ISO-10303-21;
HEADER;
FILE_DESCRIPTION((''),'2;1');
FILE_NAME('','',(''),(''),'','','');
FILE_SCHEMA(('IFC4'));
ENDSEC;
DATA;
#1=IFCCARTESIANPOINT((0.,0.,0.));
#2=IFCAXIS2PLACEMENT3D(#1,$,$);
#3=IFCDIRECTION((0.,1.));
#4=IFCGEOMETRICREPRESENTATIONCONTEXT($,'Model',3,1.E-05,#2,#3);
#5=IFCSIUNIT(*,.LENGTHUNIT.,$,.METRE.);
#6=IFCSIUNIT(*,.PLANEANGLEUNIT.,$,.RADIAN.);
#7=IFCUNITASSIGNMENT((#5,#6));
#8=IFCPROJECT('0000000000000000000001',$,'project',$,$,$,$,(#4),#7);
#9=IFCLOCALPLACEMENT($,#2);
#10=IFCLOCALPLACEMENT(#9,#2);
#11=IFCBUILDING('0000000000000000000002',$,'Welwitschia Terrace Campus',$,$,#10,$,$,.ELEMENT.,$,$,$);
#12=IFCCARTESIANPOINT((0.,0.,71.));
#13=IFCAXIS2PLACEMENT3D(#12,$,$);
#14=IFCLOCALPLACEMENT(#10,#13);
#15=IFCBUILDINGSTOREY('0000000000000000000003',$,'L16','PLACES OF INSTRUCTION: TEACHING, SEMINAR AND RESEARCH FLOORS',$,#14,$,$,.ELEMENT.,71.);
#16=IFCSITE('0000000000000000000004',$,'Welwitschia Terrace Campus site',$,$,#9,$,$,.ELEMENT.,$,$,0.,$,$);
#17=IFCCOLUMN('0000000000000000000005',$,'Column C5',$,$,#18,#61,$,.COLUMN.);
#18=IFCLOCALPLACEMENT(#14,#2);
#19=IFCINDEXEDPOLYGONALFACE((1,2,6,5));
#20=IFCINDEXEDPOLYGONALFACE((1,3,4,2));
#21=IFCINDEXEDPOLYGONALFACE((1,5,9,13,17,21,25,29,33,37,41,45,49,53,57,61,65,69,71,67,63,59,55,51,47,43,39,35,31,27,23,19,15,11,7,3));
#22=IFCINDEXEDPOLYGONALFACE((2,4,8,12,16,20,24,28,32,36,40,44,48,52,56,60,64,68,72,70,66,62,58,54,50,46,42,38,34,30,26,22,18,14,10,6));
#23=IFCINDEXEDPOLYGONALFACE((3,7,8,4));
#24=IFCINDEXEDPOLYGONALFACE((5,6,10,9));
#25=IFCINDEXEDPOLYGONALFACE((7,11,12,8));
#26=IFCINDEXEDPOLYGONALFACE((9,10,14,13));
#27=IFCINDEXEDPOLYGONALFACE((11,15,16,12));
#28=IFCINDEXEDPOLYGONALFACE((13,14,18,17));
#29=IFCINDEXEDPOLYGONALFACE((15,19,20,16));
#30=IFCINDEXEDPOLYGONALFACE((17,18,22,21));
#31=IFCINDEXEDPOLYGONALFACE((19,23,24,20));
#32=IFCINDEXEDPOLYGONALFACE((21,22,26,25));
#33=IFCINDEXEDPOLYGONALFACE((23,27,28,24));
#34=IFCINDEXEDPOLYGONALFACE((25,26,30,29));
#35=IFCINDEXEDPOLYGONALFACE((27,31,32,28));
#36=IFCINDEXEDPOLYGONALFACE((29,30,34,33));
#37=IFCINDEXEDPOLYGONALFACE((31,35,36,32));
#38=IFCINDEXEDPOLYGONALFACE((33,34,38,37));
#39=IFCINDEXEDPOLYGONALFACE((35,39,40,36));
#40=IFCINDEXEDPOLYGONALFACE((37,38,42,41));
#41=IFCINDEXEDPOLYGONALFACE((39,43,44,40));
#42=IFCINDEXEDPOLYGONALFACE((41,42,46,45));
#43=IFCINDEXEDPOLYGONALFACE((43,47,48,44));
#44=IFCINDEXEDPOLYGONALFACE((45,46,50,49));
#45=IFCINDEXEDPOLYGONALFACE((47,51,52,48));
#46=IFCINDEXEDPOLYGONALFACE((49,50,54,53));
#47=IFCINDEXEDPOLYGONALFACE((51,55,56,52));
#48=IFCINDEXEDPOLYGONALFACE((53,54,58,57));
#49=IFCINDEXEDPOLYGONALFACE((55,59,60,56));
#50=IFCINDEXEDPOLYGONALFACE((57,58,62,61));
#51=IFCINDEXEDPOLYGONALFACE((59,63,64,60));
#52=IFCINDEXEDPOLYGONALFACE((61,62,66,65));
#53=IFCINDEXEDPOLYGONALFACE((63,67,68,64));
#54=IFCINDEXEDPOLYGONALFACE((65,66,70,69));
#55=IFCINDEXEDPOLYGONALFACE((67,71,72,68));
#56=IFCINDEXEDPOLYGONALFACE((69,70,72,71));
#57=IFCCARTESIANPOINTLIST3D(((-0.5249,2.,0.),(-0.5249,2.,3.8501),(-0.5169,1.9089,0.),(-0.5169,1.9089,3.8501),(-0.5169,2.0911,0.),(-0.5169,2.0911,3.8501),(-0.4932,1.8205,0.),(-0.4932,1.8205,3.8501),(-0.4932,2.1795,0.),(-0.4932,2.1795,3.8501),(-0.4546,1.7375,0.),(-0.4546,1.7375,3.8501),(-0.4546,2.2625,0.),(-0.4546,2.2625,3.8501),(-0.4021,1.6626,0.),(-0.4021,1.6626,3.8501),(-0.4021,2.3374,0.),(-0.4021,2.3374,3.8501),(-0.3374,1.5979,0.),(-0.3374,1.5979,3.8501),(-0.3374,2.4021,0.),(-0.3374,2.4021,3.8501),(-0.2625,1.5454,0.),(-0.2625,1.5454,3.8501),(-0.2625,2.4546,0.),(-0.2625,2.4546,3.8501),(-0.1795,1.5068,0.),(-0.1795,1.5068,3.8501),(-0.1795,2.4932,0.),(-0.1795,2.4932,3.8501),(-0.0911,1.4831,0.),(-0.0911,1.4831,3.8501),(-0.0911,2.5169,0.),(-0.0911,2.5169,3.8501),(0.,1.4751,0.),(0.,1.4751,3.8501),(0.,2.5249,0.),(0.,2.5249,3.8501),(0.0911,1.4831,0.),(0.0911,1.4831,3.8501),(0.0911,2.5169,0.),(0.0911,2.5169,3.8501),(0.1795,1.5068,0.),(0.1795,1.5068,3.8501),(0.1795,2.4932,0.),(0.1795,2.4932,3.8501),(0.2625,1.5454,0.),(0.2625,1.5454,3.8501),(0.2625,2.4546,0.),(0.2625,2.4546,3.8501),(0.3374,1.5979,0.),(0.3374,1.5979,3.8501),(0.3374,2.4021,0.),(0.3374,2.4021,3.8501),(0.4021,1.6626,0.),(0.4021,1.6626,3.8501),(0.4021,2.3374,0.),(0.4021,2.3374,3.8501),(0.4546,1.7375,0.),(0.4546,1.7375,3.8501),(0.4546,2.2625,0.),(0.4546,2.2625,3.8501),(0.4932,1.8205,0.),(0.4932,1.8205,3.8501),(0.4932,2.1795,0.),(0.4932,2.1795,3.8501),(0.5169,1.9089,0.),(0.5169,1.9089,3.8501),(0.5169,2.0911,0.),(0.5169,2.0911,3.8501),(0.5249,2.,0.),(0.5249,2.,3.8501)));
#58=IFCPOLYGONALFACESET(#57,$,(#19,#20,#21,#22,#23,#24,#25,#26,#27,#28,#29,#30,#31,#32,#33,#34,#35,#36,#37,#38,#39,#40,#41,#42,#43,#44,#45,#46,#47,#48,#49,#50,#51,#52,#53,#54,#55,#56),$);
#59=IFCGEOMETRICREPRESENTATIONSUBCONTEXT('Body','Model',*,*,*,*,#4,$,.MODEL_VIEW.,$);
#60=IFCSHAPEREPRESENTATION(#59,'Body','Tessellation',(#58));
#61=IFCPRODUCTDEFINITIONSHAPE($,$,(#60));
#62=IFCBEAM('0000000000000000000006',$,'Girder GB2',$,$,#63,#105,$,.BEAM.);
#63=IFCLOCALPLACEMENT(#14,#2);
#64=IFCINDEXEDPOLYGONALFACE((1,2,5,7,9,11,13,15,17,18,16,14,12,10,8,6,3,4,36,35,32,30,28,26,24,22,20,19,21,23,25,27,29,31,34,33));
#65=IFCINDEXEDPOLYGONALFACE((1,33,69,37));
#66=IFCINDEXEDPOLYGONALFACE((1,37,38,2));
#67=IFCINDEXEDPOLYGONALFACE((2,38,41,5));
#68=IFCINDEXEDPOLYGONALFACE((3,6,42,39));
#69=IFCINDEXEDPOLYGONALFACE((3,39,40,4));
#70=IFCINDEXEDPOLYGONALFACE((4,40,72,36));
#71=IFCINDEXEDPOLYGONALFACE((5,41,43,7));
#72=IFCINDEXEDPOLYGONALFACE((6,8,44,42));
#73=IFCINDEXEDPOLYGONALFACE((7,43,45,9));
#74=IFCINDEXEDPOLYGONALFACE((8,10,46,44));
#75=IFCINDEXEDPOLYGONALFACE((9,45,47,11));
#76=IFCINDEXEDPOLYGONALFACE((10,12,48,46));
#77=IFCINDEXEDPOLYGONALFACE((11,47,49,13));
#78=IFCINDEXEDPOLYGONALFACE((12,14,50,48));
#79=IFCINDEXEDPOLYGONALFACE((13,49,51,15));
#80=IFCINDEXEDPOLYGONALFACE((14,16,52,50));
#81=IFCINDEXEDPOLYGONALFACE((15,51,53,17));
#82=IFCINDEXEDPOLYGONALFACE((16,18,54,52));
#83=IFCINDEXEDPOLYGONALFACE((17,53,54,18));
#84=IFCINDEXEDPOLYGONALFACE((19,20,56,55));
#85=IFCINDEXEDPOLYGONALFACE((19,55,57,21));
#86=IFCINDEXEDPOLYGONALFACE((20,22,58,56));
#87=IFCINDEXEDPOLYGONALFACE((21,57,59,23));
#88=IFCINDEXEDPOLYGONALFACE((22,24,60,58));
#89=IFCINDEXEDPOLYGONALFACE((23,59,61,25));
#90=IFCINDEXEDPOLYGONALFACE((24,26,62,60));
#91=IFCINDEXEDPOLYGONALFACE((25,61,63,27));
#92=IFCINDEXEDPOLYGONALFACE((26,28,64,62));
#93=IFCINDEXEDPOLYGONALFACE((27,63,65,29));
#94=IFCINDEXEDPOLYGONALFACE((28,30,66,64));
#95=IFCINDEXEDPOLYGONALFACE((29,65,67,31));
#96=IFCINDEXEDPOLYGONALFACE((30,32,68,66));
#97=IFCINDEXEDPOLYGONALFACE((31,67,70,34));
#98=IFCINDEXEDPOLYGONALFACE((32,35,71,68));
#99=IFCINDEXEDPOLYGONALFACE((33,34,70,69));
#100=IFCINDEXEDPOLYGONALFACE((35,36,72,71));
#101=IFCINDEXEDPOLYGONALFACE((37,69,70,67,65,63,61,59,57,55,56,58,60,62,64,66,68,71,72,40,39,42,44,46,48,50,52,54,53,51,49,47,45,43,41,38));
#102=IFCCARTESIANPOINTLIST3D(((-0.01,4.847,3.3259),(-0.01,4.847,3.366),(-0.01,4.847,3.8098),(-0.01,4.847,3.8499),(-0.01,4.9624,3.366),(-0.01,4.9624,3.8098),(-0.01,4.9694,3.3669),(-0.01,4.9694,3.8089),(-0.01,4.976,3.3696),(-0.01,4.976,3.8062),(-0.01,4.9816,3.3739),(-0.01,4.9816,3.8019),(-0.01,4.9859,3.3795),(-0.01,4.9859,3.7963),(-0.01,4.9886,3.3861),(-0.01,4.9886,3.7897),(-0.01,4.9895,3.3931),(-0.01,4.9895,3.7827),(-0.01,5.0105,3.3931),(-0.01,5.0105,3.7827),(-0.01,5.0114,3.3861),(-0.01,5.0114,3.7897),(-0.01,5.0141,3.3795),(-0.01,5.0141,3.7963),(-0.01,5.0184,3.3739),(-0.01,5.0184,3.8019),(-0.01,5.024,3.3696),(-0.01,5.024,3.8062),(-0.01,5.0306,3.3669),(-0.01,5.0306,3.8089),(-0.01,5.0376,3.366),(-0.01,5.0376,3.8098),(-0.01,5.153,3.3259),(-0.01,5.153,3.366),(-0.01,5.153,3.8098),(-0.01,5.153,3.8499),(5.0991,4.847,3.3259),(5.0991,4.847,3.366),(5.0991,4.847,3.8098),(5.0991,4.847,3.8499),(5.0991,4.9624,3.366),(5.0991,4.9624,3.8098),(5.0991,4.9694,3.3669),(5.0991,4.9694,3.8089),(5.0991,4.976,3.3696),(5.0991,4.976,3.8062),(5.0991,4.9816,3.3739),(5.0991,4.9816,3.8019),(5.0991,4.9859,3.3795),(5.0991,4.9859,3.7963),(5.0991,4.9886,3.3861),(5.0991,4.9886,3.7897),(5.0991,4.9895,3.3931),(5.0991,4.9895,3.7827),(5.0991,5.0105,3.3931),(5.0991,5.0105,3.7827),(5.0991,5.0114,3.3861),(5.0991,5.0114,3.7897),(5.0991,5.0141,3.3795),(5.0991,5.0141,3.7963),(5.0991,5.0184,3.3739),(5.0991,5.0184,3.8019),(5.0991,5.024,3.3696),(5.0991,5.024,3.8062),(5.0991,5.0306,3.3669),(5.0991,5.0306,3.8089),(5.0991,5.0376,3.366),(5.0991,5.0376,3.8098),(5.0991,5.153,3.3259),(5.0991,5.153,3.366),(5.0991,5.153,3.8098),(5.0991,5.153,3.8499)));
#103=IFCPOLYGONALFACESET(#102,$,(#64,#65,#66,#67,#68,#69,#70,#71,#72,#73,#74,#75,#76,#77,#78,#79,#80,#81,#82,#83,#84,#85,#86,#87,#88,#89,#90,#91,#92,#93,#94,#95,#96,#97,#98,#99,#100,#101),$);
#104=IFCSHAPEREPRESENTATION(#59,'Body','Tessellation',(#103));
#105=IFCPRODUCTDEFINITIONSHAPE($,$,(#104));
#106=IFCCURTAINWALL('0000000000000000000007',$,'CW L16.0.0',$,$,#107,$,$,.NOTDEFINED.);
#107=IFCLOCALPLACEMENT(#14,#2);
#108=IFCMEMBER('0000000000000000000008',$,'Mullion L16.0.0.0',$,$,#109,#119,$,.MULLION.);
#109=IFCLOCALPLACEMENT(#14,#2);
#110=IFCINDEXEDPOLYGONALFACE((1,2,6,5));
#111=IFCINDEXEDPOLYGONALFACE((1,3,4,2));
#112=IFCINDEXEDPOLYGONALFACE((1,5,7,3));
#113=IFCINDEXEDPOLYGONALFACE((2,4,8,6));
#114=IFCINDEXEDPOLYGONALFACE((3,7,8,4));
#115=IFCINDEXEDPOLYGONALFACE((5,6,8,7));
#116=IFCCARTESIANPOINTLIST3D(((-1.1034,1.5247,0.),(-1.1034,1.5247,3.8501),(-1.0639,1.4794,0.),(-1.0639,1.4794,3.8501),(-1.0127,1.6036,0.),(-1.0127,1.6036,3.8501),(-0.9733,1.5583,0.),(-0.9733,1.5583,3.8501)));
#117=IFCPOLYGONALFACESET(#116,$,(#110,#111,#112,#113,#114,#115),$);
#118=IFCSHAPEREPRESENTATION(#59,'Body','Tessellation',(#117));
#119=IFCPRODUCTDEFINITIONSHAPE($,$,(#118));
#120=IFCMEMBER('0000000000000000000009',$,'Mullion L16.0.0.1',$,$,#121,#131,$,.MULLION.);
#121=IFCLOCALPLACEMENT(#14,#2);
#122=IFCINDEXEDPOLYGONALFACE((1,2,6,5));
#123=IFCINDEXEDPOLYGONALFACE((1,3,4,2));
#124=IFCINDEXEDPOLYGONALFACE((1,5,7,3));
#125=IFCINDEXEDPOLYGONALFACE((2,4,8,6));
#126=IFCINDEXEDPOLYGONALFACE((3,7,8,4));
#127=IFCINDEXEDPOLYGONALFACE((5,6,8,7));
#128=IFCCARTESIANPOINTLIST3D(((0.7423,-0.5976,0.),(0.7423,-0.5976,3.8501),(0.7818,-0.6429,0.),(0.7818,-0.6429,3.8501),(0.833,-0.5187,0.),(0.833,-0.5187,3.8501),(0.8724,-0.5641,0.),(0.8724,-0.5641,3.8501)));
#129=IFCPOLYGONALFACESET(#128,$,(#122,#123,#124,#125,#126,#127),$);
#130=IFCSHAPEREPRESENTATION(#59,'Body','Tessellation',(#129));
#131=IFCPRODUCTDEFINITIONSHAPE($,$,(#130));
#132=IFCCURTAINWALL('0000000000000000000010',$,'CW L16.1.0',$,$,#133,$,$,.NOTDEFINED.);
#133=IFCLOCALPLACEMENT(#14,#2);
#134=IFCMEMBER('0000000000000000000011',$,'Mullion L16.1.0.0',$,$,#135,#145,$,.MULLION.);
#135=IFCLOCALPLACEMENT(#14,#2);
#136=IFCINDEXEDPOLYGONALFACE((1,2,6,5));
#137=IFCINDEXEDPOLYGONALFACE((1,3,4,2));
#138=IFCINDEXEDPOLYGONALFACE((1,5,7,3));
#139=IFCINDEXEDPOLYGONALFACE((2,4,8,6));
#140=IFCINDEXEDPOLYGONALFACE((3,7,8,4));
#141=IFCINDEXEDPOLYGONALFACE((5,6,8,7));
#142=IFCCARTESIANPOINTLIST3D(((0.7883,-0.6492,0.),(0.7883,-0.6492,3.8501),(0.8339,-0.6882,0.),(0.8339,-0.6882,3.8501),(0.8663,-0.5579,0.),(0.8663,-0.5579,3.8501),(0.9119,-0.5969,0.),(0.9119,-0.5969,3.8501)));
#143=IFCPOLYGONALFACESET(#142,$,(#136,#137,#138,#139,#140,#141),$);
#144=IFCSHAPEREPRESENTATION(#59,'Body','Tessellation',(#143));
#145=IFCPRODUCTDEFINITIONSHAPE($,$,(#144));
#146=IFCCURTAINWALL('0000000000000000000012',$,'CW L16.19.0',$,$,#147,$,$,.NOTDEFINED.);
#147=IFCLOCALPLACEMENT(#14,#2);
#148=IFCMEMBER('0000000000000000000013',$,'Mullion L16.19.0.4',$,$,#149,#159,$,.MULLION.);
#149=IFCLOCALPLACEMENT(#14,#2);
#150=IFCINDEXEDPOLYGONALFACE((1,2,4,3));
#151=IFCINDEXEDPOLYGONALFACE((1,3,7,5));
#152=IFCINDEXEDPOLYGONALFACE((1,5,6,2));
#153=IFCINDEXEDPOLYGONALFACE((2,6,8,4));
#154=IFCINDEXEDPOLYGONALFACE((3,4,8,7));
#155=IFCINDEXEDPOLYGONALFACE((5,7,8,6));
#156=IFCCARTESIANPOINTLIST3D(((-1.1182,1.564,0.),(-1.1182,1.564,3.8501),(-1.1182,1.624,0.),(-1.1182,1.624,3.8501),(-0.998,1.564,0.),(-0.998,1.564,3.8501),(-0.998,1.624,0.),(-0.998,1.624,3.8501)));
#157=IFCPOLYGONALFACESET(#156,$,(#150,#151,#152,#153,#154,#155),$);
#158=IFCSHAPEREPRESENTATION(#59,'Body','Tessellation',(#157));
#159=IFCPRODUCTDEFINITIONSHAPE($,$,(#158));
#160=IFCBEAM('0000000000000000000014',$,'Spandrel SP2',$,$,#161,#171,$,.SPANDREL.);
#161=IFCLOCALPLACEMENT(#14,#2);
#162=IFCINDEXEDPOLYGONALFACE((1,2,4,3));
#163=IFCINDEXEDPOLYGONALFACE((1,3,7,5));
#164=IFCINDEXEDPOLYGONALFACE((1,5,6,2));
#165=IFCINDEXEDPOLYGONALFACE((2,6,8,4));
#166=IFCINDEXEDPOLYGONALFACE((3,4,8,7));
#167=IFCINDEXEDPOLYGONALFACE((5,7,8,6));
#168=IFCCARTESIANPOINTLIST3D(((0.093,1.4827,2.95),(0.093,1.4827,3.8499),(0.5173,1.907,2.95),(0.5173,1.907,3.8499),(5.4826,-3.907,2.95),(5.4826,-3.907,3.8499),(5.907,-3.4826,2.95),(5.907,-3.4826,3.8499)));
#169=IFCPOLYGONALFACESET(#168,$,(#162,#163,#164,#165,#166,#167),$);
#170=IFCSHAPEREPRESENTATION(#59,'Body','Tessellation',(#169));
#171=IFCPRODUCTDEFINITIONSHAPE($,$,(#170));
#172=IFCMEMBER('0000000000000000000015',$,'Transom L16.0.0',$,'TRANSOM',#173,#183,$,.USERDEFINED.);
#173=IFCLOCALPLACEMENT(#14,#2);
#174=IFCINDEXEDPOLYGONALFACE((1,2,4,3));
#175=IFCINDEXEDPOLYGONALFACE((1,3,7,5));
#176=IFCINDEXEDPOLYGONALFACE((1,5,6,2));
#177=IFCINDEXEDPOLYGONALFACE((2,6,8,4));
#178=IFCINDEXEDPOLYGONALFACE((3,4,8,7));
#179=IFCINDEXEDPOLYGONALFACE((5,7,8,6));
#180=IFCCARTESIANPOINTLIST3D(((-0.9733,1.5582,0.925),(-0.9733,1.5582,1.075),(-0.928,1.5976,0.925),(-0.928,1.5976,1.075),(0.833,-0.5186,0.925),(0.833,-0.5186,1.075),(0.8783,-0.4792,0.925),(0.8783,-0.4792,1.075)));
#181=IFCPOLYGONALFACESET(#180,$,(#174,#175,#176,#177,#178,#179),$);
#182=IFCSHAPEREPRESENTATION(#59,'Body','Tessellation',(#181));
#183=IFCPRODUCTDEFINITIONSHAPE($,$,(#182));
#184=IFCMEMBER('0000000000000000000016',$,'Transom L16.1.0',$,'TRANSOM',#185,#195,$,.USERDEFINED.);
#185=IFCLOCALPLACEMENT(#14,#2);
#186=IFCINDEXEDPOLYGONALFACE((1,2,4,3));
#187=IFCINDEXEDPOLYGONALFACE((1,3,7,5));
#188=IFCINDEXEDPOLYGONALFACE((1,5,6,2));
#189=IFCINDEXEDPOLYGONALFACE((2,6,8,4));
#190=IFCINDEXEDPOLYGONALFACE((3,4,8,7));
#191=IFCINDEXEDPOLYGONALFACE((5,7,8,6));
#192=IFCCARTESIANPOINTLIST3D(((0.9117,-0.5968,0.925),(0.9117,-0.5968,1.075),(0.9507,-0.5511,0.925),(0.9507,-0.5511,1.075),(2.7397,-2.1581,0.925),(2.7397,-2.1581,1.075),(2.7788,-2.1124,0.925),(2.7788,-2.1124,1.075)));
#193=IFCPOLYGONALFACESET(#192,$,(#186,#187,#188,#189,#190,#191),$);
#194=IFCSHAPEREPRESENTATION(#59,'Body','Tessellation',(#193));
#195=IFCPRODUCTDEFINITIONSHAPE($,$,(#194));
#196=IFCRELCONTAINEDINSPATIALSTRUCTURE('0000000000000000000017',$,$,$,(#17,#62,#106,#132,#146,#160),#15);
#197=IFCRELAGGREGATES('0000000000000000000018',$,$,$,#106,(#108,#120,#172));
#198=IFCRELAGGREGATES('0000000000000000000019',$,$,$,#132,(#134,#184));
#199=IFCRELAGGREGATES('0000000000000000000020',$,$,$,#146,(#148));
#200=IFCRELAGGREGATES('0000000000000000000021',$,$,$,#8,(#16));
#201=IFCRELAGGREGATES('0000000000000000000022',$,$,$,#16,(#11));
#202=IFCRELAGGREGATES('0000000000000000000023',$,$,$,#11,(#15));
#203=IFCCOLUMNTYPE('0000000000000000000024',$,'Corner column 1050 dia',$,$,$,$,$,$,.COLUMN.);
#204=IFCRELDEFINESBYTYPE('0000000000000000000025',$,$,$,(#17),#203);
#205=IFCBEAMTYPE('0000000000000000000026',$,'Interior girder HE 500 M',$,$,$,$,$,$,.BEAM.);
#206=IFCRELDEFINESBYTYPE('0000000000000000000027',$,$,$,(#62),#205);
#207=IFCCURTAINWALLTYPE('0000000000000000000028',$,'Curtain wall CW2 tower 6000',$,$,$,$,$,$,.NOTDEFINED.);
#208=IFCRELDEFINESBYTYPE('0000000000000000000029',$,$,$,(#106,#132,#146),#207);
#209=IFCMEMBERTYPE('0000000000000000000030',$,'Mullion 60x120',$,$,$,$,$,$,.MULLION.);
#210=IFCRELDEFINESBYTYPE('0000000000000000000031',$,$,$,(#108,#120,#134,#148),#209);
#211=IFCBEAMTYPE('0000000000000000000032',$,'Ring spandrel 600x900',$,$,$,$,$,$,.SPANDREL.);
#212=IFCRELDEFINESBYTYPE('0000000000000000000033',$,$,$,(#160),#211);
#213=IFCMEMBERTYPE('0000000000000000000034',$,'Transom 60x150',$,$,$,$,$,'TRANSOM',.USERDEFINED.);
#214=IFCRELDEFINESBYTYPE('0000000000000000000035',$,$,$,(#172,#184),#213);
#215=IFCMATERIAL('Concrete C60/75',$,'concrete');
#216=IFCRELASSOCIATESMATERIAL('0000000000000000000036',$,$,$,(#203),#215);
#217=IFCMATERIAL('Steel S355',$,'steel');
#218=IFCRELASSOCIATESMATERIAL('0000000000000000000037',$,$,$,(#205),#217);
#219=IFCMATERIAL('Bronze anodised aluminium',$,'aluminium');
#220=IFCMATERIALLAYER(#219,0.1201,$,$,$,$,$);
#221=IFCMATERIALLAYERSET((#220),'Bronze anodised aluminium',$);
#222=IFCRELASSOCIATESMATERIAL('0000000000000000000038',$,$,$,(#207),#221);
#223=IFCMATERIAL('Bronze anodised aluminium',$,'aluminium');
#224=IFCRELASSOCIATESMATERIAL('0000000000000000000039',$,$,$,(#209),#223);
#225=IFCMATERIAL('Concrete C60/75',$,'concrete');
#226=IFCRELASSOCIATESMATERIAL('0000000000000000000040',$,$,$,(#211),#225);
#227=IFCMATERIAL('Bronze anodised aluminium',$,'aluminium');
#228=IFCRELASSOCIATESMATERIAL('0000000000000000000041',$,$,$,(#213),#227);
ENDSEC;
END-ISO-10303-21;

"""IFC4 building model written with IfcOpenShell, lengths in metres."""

from ifc_helpers import new_model, si_unit, direction, frame, origin, origin_2d, place, context, subcontext, project, spatial, rectangle, circle, i_section, extrude, material, layer, layer_set, material_profile, profile_set, type_object, element, aggregate, save


model = new_model("IFC4")

# Units and contexts
model_context = context("Model", 3, precision=1e-05, world=origin(), true_north=direction((0.0, 1.0)))
body_context = subcontext(model_context, "Body", "Model", "MODEL_VIEW")
ifc_project = project(units=[si_unit("LENGTHUNIT", "METRE"), si_unit("PLANEANGLEUNIT", "RADIAN")], contexts=[model_context])

# Site, building, storey
site_placement = place(None, origin())
site = spatial("IfcSite", under=ifc_project, at=site_placement, Name="Welwitschia Terrace Campus site", CompositionType="ELEMENT", RefElevation=0.0)
building_placement = place(site_placement, origin())
building = spatial("IfcBuilding", under=site, at=building_placement, Name="Welwitschia Terrace Campus", CompositionType="ELEMENT")
storey_placement = place(building_placement, frame((0.0, 0.0, 71.0)))
storey = spatial("IfcBuildingStorey", under=building, at=storey_placement, Name="L16", Description="PLACES OF INSTRUCTION: TEACHING, SEMINAR AND RESEARCH FLOORS", CompositionType="ELEMENT", Elevation=71.0)

# Column
ifc_material_1 = material(Name="Concrete C60/75", Category="concrete")
ifc_material_profile_1 = material_profile(ifc_material_1, circle(Radius=0.5249, at=origin_2d()))
ifc_profile_set_1 = profile_set([ifc_material_profile_1], Name="Concrete C60/75")
column_type = type_object("IfcColumnType", Name="Corner column 1050 dia", PredefinedType="COLUMN", material=ifc_profile_set_1)
column_placement = place(storey_placement, frame((0.0, 2.0, 0.0), z_axis=(0.0, 0.0, 1.0), x_axis=(1.0, 0.0, 0.0)))
element("IfcColumn", 1, at=column_placement, inside=storey, type_object=column_type, Name="Column C5", PredefinedType="COLUMN", context=body_context, shape_type="SweptSolid", body=[
    extrude(circle(Radius=0.5249, at=origin_2d()), origin(), (0.0, 0.0, 1.0), 3.8501),
])

# Beam
ifc_material_2 = material(Name="Steel S355", Category="steel")
ifc_material_profile_2 = material_profile(ifc_material_2, i_section(OverallWidth=0.3059, OverallDepth=0.5239, WebThickness=0.021, FlangeThickness=0.04, FilletRadius=0.0271, at=origin_2d()))
ifc_profile_set_2 = profile_set([ifc_material_profile_2], Name="Steel S355")
beam_type_1 = type_object("IfcBeamType", Name="Interior girder HE 500 M", PredefinedType="BEAM", material=ifc_profile_set_2)
beam_1_placement = place(storey_placement, frame((-0.01, 5.0, 3.5879), z_axis=(1.0, 0.0, 0.0), x_axis=(0.0, 1.0, 0.0)))
element("IfcBeam", 2, at=beam_1_placement, inside=storey, type_object=beam_type_1, Name="Girder GB2", PredefinedType="BEAM", context=body_context, shape_type="SweptSolid", body=[
    extrude(i_section(OverallWidth=0.3059, OverallDepth=0.5239, WebThickness=0.021, FlangeThickness=0.04, FilletRadius=0.0271, at=origin_2d()), origin(), (0.0, 0.0, 1.0), 5.1091),
])

# Curtain wall, members
ifc_material_3 = material(Name="Bronze anodised aluminium", Category="aluminium")
ifc_layer_1 = layer(ifc_material_3, 0.1201)
ifc_layer_set_1 = layer_set([ifc_layer_1], Name="Bronze anodised aluminium")
curtain_wall_type = type_object("IfcCurtainWallType", Name="Curtain wall CW2 tower 6000", PredefinedType="NOTDEFINED", material=ifc_layer_set_1)
curtain_wall_1_placement = place(storey_placement, origin())
curtain_wall_1 = element("IfcCurtainWall", 3, at=curtain_wall_1_placement, inside=storey, type_object=curtain_wall_type, Name="CW L16.0.0", PredefinedType="NOTDEFINED")
ifc_material_4 = material(Name="Bronze anodised aluminium", Category="aluminium")
ifc_material_profile_3 = material_profile(ifc_material_4, rectangle(XDim=0.1201, YDim=0.0601, at=origin_2d()))
ifc_profile_set_3 = profile_set([ifc_material_profile_3], Name="Bronze anodised aluminium")
member_type_1 = type_object("IfcMemberType", Name="Mullion 60x120", PredefinedType="MULLION", material=ifc_profile_set_3)
member_1_placement = place(storey_placement, frame((-1.0383, 1.5415, 0.0), z_axis=(0.0, 0.0, 1.0), x_axis=(0.754548, 0.656245, 0.0)))
member_1 = element("IfcMember", 4, at=member_1_placement, type_object=member_type_1, Name="Mullion L16.0.0.0", PredefinedType="MULLION", context=body_context, shape_type="SweptSolid", body=[
    extrude(rectangle(XDim=0.1201, YDim=0.0601, at=origin_2d()), origin(), (0.0, 0.0, 1.0), 3.8501),
])
member_2_placement = place(storey_placement, frame((0.8074, -0.5808, 0.0), z_axis=(0.0, 0.0, 1.0), x_axis=(0.754548, 0.656245, 0.0)))
member_2 = element("IfcMember", 5, at=member_2_placement, type_object=member_type_1, Name="Mullion L16.0.0.1", PredefinedType="MULLION", context=body_context, shape_type="SweptSolid", body=[
    extrude(rectangle(XDim=0.1201, YDim=0.0601, at=origin_2d()), origin(), (0.0, 0.0, 1.0), 3.8501),
])

# Curtain walls, members
curtain_wall_2_placement = place(storey_placement, origin())
curtain_wall_2 = element("IfcCurtainWall", 6, at=curtain_wall_2_placement, inside=storey, type_object=curtain_wall_type, Name="CW L16.1.0", PredefinedType="NOTDEFINED")
member_3_placement = place(storey_placement, frame((0.8501, -0.623, 0.0), z_axis=(0.0, 0.0, 1.0), x_axis=(0.649448, 0.760406, 0.0)))
member_3 = element("IfcMember", 7, at=member_3_placement, type_object=member_type_1, Name="Mullion L16.1.0.0", PredefinedType="MULLION", context=body_context, shape_type="SweptSolid", body=[
    extrude(rectangle(XDim=0.1201, YDim=0.0601, at=origin_2d()), origin(), (0.0, 0.0, 1.0), 3.8501),
])
curtain_wall_3_placement = place(storey_placement, origin())
curtain_wall_3 = element("IfcCurtainWall", 8, at=curtain_wall_3_placement, inside=storey, type_object=curtain_wall_type, Name="CW L16.19.0", PredefinedType="NOTDEFINED")
member_4_placement = place(storey_placement, frame((-1.0581, 1.594, 0.0), z_axis=(0.0, 0.0, 1.0), x_axis=(1.0, 0.0, 0.0)))
member_4 = element("IfcMember", 9, at=member_4_placement, type_object=member_type_1, Name="Mullion L16.19.0.4", PredefinedType="MULLION", context=body_context, shape_type="SweptSolid", body=[
    extrude(rectangle(XDim=0.1201, YDim=0.0601, at=origin_2d()), origin(), (0.0, 0.0, 1.0), 3.8501),
])

# Beam
ifc_material_5 = material(Name="Concrete C60/75", Category="concrete")
ifc_material_profile_4 = material_profile(ifc_material_5, rectangle(XDim=0.6001, YDim=0.8999, at=origin_2d()))
ifc_profile_set_4 = profile_set([ifc_material_profile_4], Name="Concrete C60/75")
beam_type_2 = type_object("IfcBeamType", Name="Ring spandrel 600x900", PredefinedType="SPANDREL", material=ifc_profile_set_4)
beam_2_placement = place(storey_placement, frame((0.3052, 1.6948, 3.3999), z_axis=(0.707107, -0.707107, 0.0), x_axis=(0.707107, 0.707107, 0.0)))
element("IfcBeam", 10, at=beam_2_placement, inside=storey, type_object=beam_type_2, Name="Spandrel SP2", PredefinedType="SPANDREL", context=body_context, shape_type="SweptSolid", body=[
    extrude(rectangle(XDim=0.6001, YDim=0.8999, at=origin_2d()), origin(), (0.0, 0.0, 1.0), 7.6221),
])

# Members
ifc_material_6 = material(Name="Bronze anodised aluminium", Category="aluminium")
ifc_material_profile_5 = material_profile(ifc_material_6, rectangle(XDim=0.0601, YDim=0.1499, at=origin_2d()))
ifc_profile_set_5 = profile_set([ifc_material_profile_5], Name="Bronze anodised aluminium")
member_type_2 = type_object("IfcMemberType", Name="Transom 60x150", ElementType="TRANSOM", PredefinedType="USERDEFINED", material=ifc_profile_set_5)
member_5_placement = place(storey_placement, frame((-0.9507, 1.5779, 1.0), z_axis=(0.65626, -0.754535, 0.0), x_axis=(0.754535, 0.65626, 0.0)))
member_5 = element("IfcMember", 11, at=member_5_placement, type_object=member_type_2, Name="Transom L16.0.0", ObjectType="TRANSOM", PredefinedType="USERDEFINED", context=body_context, shape_type="SweptSolid", body=[
    extrude(rectangle(XDim=0.0601, YDim=0.1499, at=origin_2d()), origin(), (0.0, 0.0, 1.0), 2.7524),
])
member_6_placement = place(storey_placement, frame((0.9312, -0.574, 1.0), z_axis=(0.760424, -0.649427, 0.0), x_axis=(0.649427, 0.760424, 0.0)))
member_6 = element("IfcMember", 12, at=member_6_placement, type_object=member_type_2, Name="Transom L16.1.0", ObjectType="TRANSOM", PredefinedType="USERDEFINED", context=body_context, shape_type="SweptSolid", body=[
    extrude(rectangle(XDim=0.0601, YDim=0.1499, at=origin_2d()), origin(), (0.0, 0.0, 1.0), 2.4041),
])

aggregate(curtain_wall_1, [member_1, member_2, member_5])
aggregate(curtain_wall_2, [member_3, member_6])
aggregate(curtain_wall_3, [member_4])

save(model, "model.ifc")
